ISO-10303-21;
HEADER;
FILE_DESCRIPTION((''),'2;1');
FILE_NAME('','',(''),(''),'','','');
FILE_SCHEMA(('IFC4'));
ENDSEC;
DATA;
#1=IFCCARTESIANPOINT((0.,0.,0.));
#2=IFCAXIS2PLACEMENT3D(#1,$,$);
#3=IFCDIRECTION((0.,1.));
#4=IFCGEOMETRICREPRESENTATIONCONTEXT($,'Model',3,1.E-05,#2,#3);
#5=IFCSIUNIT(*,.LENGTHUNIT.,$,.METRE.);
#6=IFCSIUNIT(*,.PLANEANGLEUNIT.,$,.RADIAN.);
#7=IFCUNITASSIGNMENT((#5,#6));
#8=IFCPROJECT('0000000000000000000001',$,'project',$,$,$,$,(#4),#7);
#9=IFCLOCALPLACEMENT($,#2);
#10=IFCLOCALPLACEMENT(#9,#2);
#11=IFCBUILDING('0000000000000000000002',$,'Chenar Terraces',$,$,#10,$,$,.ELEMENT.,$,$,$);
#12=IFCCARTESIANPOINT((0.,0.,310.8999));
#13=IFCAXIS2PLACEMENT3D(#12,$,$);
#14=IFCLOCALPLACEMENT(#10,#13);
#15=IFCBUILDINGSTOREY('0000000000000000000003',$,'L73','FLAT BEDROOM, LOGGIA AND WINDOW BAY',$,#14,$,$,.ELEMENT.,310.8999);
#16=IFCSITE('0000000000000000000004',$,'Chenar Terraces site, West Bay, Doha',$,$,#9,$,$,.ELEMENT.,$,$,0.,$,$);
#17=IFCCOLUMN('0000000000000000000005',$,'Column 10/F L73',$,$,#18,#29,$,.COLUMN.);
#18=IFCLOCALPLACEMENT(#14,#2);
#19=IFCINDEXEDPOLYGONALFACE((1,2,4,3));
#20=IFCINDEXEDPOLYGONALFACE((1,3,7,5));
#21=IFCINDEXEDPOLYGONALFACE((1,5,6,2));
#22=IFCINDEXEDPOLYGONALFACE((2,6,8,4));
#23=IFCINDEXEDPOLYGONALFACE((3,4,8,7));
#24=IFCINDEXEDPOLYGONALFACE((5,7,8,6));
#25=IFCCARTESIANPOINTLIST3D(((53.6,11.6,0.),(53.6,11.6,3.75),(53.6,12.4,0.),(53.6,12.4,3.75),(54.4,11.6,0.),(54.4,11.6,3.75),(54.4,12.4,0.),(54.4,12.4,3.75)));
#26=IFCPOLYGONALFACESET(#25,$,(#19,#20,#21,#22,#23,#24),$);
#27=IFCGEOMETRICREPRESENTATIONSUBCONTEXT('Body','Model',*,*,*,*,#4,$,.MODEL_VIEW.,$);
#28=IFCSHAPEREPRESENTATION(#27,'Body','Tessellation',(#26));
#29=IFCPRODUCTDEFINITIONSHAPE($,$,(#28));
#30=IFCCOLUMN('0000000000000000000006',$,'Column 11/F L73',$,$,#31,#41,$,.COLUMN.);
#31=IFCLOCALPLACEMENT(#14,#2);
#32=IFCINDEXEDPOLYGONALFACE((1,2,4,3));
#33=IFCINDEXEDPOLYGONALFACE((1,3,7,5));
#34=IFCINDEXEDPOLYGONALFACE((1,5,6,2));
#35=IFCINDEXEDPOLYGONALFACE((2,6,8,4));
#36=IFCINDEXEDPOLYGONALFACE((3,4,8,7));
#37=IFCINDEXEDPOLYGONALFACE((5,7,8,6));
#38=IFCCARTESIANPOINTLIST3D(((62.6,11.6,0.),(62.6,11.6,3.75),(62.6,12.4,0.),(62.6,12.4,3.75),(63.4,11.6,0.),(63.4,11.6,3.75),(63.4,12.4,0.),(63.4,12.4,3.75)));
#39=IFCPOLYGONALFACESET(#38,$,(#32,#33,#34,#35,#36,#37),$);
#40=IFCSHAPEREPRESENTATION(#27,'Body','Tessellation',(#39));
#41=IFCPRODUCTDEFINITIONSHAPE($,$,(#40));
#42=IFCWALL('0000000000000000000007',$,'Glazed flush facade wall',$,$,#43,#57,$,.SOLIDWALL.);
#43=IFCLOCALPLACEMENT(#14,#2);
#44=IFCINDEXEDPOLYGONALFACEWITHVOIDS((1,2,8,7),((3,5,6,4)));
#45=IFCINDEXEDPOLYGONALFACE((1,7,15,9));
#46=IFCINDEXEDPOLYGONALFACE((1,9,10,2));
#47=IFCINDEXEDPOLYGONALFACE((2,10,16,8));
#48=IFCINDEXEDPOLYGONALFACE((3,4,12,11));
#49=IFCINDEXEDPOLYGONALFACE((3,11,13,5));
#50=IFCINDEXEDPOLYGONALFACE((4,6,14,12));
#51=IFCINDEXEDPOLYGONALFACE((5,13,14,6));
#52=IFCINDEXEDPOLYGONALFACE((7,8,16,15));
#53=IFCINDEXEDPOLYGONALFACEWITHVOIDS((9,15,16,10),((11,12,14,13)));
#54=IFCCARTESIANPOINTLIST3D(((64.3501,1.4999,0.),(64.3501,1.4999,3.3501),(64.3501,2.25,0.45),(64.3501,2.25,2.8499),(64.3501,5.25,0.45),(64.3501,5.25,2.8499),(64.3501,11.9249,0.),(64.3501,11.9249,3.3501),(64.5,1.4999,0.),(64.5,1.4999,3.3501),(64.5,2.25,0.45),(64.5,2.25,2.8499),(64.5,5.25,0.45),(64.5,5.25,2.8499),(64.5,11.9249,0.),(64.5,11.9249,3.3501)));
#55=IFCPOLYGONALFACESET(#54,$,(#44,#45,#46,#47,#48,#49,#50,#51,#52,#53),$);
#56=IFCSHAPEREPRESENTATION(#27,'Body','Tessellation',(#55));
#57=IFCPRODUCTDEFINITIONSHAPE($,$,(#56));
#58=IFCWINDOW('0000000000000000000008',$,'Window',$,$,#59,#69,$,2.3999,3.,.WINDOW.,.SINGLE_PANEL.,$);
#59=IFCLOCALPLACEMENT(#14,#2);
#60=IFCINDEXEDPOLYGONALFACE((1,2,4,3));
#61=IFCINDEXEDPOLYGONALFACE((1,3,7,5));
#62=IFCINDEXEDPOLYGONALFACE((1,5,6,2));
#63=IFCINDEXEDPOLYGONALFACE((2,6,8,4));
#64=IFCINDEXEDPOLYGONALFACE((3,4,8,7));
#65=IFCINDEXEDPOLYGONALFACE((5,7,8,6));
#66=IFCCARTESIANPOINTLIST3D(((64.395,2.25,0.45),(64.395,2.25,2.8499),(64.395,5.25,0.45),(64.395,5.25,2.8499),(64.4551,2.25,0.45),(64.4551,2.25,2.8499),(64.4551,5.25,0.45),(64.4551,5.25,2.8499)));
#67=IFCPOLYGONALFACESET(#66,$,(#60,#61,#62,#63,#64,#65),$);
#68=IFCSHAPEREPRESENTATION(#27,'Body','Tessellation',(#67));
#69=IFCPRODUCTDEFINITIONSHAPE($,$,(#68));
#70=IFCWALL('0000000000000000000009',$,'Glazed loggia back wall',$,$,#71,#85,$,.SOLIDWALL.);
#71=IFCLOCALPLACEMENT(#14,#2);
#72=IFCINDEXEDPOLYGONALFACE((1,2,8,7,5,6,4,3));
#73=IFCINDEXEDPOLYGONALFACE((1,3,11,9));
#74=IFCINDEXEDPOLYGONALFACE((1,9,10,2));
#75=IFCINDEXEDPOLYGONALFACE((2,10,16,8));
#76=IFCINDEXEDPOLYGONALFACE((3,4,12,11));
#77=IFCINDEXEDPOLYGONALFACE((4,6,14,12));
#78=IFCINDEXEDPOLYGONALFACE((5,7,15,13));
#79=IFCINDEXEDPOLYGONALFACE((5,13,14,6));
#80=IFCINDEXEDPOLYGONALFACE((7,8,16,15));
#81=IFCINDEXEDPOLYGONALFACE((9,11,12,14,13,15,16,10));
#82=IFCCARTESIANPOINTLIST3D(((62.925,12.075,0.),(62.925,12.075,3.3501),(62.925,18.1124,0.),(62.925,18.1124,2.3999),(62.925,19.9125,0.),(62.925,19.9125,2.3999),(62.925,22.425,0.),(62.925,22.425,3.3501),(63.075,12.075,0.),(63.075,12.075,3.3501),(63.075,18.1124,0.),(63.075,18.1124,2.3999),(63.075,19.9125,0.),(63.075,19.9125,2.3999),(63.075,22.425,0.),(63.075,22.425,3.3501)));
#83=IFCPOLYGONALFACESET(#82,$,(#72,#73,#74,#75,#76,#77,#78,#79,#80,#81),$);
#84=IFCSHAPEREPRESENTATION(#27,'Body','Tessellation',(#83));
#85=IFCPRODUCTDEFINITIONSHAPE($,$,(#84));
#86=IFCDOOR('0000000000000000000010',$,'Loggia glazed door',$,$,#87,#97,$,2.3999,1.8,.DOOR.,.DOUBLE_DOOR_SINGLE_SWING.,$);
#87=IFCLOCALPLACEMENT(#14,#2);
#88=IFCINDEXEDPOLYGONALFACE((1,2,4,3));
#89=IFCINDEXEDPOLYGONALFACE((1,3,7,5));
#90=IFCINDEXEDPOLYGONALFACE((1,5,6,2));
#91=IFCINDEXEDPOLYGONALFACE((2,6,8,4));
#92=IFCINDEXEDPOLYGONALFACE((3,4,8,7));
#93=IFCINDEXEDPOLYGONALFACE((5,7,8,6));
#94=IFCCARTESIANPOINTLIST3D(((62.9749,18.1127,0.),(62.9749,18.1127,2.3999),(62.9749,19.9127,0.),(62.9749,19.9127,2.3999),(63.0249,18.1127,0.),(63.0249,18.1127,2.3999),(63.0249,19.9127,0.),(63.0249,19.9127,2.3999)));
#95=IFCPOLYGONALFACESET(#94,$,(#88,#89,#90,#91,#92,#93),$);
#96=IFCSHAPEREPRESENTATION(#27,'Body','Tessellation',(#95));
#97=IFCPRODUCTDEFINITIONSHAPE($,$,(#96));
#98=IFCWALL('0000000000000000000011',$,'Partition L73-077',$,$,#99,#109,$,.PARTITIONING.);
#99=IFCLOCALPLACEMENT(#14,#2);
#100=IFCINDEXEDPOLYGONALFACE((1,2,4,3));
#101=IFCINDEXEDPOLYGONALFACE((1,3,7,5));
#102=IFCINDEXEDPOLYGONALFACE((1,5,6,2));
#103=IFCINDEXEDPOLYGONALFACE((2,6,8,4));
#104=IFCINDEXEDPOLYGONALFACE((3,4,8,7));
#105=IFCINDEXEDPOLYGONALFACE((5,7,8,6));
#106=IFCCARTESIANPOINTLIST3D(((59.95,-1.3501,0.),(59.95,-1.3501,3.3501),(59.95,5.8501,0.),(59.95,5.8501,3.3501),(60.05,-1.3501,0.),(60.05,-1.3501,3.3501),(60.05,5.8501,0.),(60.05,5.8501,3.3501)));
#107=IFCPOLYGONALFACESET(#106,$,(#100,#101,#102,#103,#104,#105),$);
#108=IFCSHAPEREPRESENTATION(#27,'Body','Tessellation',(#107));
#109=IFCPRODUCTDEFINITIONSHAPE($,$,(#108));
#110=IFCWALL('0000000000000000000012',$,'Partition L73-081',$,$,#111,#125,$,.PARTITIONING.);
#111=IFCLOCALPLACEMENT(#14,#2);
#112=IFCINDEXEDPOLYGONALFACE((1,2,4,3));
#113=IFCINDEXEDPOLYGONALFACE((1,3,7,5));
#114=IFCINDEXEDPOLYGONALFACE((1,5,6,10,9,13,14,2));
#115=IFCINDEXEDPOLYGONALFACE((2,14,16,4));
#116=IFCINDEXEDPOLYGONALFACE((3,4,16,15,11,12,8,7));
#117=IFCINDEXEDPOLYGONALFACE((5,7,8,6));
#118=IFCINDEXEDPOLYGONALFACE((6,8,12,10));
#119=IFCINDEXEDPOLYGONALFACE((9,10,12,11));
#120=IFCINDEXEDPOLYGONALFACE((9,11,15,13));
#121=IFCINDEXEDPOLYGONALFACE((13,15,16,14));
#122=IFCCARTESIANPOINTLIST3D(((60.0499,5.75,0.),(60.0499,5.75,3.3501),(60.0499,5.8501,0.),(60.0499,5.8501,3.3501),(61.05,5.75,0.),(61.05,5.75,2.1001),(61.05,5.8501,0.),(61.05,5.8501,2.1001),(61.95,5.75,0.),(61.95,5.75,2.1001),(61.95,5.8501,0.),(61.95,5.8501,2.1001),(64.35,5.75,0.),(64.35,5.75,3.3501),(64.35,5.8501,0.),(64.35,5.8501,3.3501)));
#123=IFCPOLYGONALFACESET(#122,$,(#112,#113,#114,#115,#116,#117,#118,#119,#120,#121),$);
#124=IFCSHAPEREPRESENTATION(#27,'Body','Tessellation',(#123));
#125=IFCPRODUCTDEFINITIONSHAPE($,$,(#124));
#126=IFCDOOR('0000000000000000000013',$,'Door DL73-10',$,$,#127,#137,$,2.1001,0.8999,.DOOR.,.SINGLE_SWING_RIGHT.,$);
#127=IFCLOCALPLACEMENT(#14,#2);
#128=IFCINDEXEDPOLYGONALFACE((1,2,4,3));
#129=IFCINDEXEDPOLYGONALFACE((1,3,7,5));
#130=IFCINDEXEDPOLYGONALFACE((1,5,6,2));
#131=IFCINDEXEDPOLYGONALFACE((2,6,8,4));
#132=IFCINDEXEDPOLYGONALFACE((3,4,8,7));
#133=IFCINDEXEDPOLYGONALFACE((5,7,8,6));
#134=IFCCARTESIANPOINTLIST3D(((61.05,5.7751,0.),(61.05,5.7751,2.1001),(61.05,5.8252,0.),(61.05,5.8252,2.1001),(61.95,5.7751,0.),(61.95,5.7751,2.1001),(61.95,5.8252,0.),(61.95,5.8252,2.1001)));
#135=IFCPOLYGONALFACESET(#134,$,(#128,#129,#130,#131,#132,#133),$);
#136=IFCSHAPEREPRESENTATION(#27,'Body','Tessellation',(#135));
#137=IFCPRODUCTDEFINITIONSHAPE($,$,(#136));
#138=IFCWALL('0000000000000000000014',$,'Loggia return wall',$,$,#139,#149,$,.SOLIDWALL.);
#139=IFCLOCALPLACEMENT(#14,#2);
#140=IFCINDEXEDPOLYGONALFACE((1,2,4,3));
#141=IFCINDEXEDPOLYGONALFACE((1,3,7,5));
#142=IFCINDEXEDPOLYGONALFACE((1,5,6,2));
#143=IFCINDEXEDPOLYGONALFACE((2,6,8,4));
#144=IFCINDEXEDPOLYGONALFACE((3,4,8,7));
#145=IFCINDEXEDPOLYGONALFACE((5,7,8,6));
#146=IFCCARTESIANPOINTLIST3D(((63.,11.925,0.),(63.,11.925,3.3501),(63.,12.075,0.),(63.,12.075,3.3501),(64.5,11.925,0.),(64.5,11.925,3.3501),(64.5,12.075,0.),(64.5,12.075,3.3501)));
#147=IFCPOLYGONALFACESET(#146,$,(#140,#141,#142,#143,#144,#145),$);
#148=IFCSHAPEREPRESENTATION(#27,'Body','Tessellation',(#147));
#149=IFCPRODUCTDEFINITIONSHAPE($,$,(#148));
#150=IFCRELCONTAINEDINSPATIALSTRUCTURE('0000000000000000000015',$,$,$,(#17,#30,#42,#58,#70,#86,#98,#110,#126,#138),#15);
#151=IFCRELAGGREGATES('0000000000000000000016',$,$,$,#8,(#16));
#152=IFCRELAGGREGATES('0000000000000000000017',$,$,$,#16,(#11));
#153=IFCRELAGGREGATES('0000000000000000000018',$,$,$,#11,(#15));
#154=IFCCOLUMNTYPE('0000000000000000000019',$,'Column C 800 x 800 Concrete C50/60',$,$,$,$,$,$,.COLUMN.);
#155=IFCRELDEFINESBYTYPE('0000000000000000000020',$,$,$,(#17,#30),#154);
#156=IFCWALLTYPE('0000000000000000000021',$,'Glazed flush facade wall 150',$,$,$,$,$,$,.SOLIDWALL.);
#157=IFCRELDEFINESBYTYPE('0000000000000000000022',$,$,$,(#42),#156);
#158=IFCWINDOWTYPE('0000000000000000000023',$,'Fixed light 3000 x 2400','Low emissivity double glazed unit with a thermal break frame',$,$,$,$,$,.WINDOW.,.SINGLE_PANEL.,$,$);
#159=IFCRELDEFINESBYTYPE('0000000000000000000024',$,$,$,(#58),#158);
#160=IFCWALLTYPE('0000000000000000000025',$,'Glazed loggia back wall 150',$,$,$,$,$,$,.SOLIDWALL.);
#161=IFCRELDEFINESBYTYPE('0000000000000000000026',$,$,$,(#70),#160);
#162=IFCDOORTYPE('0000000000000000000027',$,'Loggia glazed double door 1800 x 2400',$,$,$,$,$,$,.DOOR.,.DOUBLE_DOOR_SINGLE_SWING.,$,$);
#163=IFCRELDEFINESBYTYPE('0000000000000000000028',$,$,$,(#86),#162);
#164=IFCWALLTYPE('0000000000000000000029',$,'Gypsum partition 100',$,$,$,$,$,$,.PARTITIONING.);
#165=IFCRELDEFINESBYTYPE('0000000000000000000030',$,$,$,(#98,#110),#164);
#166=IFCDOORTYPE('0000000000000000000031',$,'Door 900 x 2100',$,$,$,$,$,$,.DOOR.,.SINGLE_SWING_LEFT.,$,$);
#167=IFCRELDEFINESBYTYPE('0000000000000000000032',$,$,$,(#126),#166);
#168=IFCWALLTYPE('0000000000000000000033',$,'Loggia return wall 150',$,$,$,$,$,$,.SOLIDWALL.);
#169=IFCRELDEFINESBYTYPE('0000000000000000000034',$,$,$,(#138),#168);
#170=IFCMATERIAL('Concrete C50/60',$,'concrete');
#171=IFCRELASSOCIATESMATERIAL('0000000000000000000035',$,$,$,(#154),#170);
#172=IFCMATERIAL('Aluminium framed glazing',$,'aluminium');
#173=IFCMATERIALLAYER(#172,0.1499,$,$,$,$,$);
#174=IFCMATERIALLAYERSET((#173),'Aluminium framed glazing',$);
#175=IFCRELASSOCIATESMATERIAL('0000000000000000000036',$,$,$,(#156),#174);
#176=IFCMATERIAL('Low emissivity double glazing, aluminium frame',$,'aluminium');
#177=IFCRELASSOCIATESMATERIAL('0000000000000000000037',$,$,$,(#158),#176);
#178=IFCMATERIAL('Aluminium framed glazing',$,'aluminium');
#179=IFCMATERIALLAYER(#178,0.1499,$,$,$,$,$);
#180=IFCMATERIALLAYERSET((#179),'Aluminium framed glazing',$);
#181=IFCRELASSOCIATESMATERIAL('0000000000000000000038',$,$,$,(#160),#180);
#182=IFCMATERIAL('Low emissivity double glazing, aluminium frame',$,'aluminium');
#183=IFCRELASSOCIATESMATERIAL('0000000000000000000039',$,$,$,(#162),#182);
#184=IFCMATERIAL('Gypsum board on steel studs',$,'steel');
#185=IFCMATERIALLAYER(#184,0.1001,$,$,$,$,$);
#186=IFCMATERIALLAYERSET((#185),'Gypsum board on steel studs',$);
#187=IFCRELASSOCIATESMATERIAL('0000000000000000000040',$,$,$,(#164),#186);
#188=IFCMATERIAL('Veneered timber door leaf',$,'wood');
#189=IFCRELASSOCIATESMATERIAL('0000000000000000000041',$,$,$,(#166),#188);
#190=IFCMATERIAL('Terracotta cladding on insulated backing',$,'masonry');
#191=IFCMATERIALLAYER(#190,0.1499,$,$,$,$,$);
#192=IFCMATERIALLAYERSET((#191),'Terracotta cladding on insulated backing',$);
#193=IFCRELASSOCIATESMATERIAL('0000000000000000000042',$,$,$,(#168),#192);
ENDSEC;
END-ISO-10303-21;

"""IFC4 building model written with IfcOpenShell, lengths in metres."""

from ifc_helpers import new_model, si_unit, direction, frame, frame_2d, origin, origin_2d, place, context, subcontext, project, spatial, rectangle, extrude, material, layer, layer_set, material_profile, profile_set, type_object, element, fill, save


model = new_model("IFC4")

# Units and contexts
model_context = context("Model", 3, precision=1e-05, world=origin(), true_north=direction((0.0, 1.0)))
body_context = subcontext(model_context, "Body", "Model", "MODEL_VIEW")
ifc_project = project(units=[si_unit("LENGTHUNIT", "METRE"), si_unit("PLANEANGLEUNIT", "RADIAN")], contexts=[model_context])

# Site, building, storey
site_placement = place(None, origin())
site = spatial("IfcSite", under=ifc_project, at=site_placement, Name="Chenar Terraces site, West Bay, Doha", CompositionType="ELEMENT", RefElevation=0.0)
building_placement = place(site_placement, origin())
building = spatial("IfcBuilding", under=site, at=building_placement, Name="Chenar Terraces", CompositionType="ELEMENT")
storey_placement = place(building_placement, frame((0.0, 0.0, 310.8999)))
storey = spatial("IfcBuildingStorey", under=building, at=storey_placement, Name="L73", Description="FLAT BEDROOM, LOGGIA AND WINDOW BAY", CompositionType="ELEMENT", Elevation=310.8999)

# Columns
ifc_material_1 = material(Name="Concrete C50/60", Category="concrete")
ifc_material_profile_1 = material_profile(ifc_material_1, rectangle(XDim=0.8, YDim=0.8, at=origin_2d()), Name="C 800 x 800")
ifc_profile_set_1 = profile_set([ifc_material_profile_1], Name="Concrete C50/60")
column_type = type_object("IfcColumnType", Name="Column C 800 x 800 Concrete C50/60", PredefinedType="COLUMN", material=ifc_profile_set_1)
for number, where, z_axis, x_axis, name in (
    (1, (54.0, 12.0, 0.0), (0.0, 0.0, 1.0), (1.0, 0.0, 0.0), "Column 10/F L73"),
    (2, (63.0, 12.0, 0.0), (0.0, 0.0, 1.0), (1.0, 0.0, 0.0), "Column 11/F L73"),
):
    element("IfcColumn", number, at=place(storey_placement, frame(where, z_axis=z_axis, x_axis=x_axis)), inside=storey, type_object=column_type, Name=name, PredefinedType="COLUMN", context=body_context, shape_type="SweptSolid", body=[
        extrude(rectangle(XDim=0.8, YDim=0.8, at=origin_2d()), origin(), (0.0, 0.0, 1.0), 3.75),
    ])

# Wall, opening, window
ifc_material_2 = material(Name="Aluminium framed glazing", Category="aluminium")
ifc_layer_1 = layer(ifc_material_2, 0.1499)
ifc_layer_set_1 = layer_set([ifc_layer_1], Name="Aluminium framed glazing")
wall_type_1 = type_object("IfcWallType", Name="Glazed flush facade wall 150", PredefinedType="SOLIDWALL", material=ifc_layer_set_1)
wall_1_placement = place(storey_placement, frame((64.425, 1.5, 0.0), z_axis=(0.0, 0.0, 1.0), x_axis=(0.0, 1.0, 0.0)))
wall_1 = element("IfcWall", 3, at=wall_1_placement, inside=storey, type_object=wall_type_1, Name="Glazed flush facade wall", PredefinedType="SOLIDWALL", context=body_context, shape_type="SweptSolid", body=[
    extrude(rectangle(XDim=10.425, YDim=0.1499, at=frame_2d((5.2124, 0.0))), origin(), (0.0, 0.0, 1.0), 3.3501),
])
opening_1_placement = place(wall_1_placement, frame((0.75, 0.0, 0.45)))
opening_1 = element("IfcOpeningElement", 4, at=opening_1_placement, cuts=wall_1, PredefinedType="OPENING", context=body_context, shape_type="SweptSolid", body=[
    extrude(rectangle(XDim=3.0, YDim=2.3999, at=frame_2d((1.5, 1.2))), frame((0.0, 0.085, 0.0), z_axis=(0.0, -1.0, 0.0), x_axis=(1.0, 0.0, 0.0)), (0.0, 0.0, 1.0), 0.1699),
])
ifc_material_3 = material(Name="Low emissivity double glazing, aluminium frame", Category="aluminium")
window_type = type_object("IfcWindowType", Name="Fixed light 3000 x 2400", Description="Low emissivity double glazed unit with a thermal break frame", PartitioningType="SINGLE_PANEL", PredefinedType="WINDOW", material=ifc_material_3)
window_1_placement = place(opening_1_placement, origin())
window_1 = element("IfcWindow", 5, at=window_1_placement, inside=storey, type_object=window_type, Name="Window", OverallHeight=2.3999, OverallWidth=3.0, PartitioningType="SINGLE_PANEL", PredefinedType="WINDOW", context=body_context, shape_type="SweptSolid", body=[
    extrude(rectangle(XDim=3.0, YDim=2.3999, at=frame_2d((1.5, 1.2))), frame((0.0, 0.03, 0.0), z_axis=(0.0, -1.0, 0.0), x_axis=(1.0, 0.0, 0.0)), (0.0, 0.0, 1.0), 0.0601),
])
fill(opening_1, window_1)

# Wall, opening, door
ifc_material_4 = material(Name="Aluminium framed glazing", Category="aluminium")
ifc_layer_2 = layer(ifc_material_4, 0.1499)
ifc_layer_set_2 = layer_set([ifc_layer_2], Name="Aluminium framed glazing")
wall_type_2 = type_object("IfcWallType", Name="Glazed loggia back wall 150", PredefinedType="SOLIDWALL", material=ifc_layer_set_2)
wall_2_placement = place(storey_placement, frame((63.0, 12.075, 0.0), z_axis=(0.0, 0.0, 1.0), x_axis=(0.0, 1.0, 0.0)))
wall_2 = element("IfcWall", 6, at=wall_2_placement, inside=storey, type_object=wall_type_2, Name="Glazed loggia back wall", PredefinedType="SOLIDWALL", context=body_context, shape_type="SweptSolid", body=[
    extrude(rectangle(XDim=10.3501, YDim=0.1499, at=frame_2d((5.175, 0.0))), origin(), (0.0, 0.0, 1.0), 3.3501),
])
opening_2_placement = place(wall_2_placement, frame((6.0376, 0.0, 0.0)))
opening_2 = element("IfcOpeningElement", 7, at=opening_2_placement, cuts=wall_2, PredefinedType="OPENING", context=body_context, shape_type="SweptSolid", body=[
    extrude(rectangle(XDim=1.8, YDim=2.3999, at=frame_2d((0.8999, 1.2))), frame((0.0, 0.085, 0.0), z_axis=(0.0, -1.0, 0.0), x_axis=(1.0, 0.0, 0.0)), (0.0, 0.0, 1.0), 0.1699),
])
ifc_material_5 = material(Name="Low emissivity double glazing, aluminium frame", Category="aluminium")
door_type_1 = type_object("IfcDoorType", Name="Loggia glazed double door 1800 x 2400", OperationType="DOUBLE_DOOR_SINGLE_SWING", PredefinedType="DOOR", material=ifc_material_5)
door_1_placement = place(opening_2_placement, frame((1.8, 0.0, 0.0), z_axis=(0.0, 0.0, 1.0), x_axis=(-1.0, 0.0, 0.0)))
door_1 = element("IfcDoor", 8, at=door_1_placement, inside=storey, type_object=door_type_1, Name="Loggia glazed door", OperationType="DOUBLE_DOOR_SINGLE_SWING", OverallHeight=2.3999, OverallWidth=1.8, PredefinedType="DOOR", context=body_context, shape_type="SweptSolid", body=[
    extrude(rectangle(XDim=1.8, YDim=2.3999, at=frame_2d((0.8999, 1.2))), frame((0.0, 0.0249, 0.0), z_axis=(0.0, -1.0, 0.0), x_axis=(1.0, 0.0, 0.0)), (0.0, 0.0, 1.0), 0.05),
])
fill(opening_2, door_1)

# Wall
ifc_material_6 = material(Name="Gypsum board on steel studs", Category="steel")
ifc_layer_3 = layer(ifc_material_6, 0.1001)
ifc_layer_set_3 = layer_set([ifc_layer_3], Name="Gypsum board on steel studs")
wall_type_3 = type_object("IfcWallType", Name="Gypsum partition 100", PredefinedType="PARTITIONING", material=ifc_layer_set_3)
wall_3_placement = place(storey_placement, frame((60.0, -1.3501, 0.0), z_axis=(0.0, 0.0, 1.0), x_axis=(0.0, 1.0, 0.0)))
element("IfcWall", 9, at=wall_3_placement, inside=storey, type_object=wall_type_3, Name="Partition L73-077", PredefinedType="PARTITIONING", context=body_context, shape_type="SweptSolid", body=[
    extrude(rectangle(XDim=7.2002, YDim=0.1001, at=frame_2d((3.6001, 0.0))), origin(), (0.0, 0.0, 1.0), 3.3501),
])

# Wall, opening, door
wall_4_placement = place(storey_placement, frame((60.05, 5.8, 0.0), z_axis=(0.0, 0.0, 1.0), x_axis=(1.0, 0.0, 0.0)))
wall_4 = element("IfcWall", 10, at=wall_4_placement, inside=storey, type_object=wall_type_3, Name="Partition L73-081", PredefinedType="PARTITIONING", context=body_context, shape_type="SweptSolid", body=[
    extrude(rectangle(XDim=4.3, YDim=0.1001, at=frame_2d((2.1499, 0.0))), origin(), (0.0, 0.0, 1.0), 3.3501),
])
opening_3_placement = place(wall_4_placement, frame((1.0, 0.0, 0.0)))
opening_3 = element("IfcOpeningElement", 11, at=opening_3_placement, cuts=wall_4, PredefinedType="OPENING", context=body_context, shape_type="SweptSolid", body=[
    extrude(rectangle(XDim=0.8999, YDim=2.1001, at=frame_2d((0.45, 1.05))), frame((0.0, 0.0601, 0.0), z_axis=(0.0, -1.0, 0.0), x_axis=(1.0, 0.0, 0.0)), (0.0, 0.0, 1.0), 0.1201),
])
ifc_material_7 = material(Name="Veneered timber door leaf", Category="wood")
door_type_2 = type_object("IfcDoorType", Name="Door 900 x 2100", OperationType="SINGLE_SWING_LEFT", PredefinedType="DOOR", material=ifc_material_7)
door_2_placement = place(opening_3_placement, frame((0.8999, 0.0, 0.0), z_axis=(0.0, 0.0, 1.0), x_axis=(-1.0, 0.0, 0.0)))
door_2 = element("IfcDoor", 12, at=door_2_placement, inside=storey, type_object=door_type_2, Name="Door DL73-10", OperationType="SINGLE_SWING_RIGHT", OverallHeight=2.1001, OverallWidth=0.8999, PredefinedType="DOOR", context=body_context, shape_type="SweptSolid", body=[
    extrude(rectangle(XDim=0.8999, YDim=2.1001, at=frame_2d((0.45, 1.05))), frame((0.0, 0.0249, 0.0), z_axis=(0.0, -1.0, 0.0), x_axis=(1.0, 0.0, 0.0)), (0.0, 0.0, 1.0), 0.05),
])
fill(opening_3, door_2)

# Wall
ifc_material_8 = material(Name="Terracotta cladding on insulated backing", Category="masonry")
ifc_layer_4 = layer(ifc_material_8, 0.1499)
ifc_layer_set_4 = layer_set([ifc_layer_4], Name="Terracotta cladding on insulated backing")
wall_type_4 = type_object("IfcWallType", Name="Loggia return wall 150", PredefinedType="SOLIDWALL", material=ifc_layer_set_4)
wall_5_placement = place(storey_placement, frame((64.5, 12.0, 0.0), z_axis=(0.0, 0.0, 1.0), x_axis=(-1.0, 0.0, 0.0)))
element("IfcWall", 13, at=wall_5_placement, inside=storey, type_object=wall_type_4, Name="Loggia return wall", PredefinedType="SOLIDWALL", context=body_context, shape_type="SweptSolid", body=[
    extrude(rectangle(XDim=1.5, YDim=0.1499, at=frame_2d((0.75, 0.0))), origin(), (0.0, 0.0, 1.0), 3.3501),
])

save(model, "model.ifc")
